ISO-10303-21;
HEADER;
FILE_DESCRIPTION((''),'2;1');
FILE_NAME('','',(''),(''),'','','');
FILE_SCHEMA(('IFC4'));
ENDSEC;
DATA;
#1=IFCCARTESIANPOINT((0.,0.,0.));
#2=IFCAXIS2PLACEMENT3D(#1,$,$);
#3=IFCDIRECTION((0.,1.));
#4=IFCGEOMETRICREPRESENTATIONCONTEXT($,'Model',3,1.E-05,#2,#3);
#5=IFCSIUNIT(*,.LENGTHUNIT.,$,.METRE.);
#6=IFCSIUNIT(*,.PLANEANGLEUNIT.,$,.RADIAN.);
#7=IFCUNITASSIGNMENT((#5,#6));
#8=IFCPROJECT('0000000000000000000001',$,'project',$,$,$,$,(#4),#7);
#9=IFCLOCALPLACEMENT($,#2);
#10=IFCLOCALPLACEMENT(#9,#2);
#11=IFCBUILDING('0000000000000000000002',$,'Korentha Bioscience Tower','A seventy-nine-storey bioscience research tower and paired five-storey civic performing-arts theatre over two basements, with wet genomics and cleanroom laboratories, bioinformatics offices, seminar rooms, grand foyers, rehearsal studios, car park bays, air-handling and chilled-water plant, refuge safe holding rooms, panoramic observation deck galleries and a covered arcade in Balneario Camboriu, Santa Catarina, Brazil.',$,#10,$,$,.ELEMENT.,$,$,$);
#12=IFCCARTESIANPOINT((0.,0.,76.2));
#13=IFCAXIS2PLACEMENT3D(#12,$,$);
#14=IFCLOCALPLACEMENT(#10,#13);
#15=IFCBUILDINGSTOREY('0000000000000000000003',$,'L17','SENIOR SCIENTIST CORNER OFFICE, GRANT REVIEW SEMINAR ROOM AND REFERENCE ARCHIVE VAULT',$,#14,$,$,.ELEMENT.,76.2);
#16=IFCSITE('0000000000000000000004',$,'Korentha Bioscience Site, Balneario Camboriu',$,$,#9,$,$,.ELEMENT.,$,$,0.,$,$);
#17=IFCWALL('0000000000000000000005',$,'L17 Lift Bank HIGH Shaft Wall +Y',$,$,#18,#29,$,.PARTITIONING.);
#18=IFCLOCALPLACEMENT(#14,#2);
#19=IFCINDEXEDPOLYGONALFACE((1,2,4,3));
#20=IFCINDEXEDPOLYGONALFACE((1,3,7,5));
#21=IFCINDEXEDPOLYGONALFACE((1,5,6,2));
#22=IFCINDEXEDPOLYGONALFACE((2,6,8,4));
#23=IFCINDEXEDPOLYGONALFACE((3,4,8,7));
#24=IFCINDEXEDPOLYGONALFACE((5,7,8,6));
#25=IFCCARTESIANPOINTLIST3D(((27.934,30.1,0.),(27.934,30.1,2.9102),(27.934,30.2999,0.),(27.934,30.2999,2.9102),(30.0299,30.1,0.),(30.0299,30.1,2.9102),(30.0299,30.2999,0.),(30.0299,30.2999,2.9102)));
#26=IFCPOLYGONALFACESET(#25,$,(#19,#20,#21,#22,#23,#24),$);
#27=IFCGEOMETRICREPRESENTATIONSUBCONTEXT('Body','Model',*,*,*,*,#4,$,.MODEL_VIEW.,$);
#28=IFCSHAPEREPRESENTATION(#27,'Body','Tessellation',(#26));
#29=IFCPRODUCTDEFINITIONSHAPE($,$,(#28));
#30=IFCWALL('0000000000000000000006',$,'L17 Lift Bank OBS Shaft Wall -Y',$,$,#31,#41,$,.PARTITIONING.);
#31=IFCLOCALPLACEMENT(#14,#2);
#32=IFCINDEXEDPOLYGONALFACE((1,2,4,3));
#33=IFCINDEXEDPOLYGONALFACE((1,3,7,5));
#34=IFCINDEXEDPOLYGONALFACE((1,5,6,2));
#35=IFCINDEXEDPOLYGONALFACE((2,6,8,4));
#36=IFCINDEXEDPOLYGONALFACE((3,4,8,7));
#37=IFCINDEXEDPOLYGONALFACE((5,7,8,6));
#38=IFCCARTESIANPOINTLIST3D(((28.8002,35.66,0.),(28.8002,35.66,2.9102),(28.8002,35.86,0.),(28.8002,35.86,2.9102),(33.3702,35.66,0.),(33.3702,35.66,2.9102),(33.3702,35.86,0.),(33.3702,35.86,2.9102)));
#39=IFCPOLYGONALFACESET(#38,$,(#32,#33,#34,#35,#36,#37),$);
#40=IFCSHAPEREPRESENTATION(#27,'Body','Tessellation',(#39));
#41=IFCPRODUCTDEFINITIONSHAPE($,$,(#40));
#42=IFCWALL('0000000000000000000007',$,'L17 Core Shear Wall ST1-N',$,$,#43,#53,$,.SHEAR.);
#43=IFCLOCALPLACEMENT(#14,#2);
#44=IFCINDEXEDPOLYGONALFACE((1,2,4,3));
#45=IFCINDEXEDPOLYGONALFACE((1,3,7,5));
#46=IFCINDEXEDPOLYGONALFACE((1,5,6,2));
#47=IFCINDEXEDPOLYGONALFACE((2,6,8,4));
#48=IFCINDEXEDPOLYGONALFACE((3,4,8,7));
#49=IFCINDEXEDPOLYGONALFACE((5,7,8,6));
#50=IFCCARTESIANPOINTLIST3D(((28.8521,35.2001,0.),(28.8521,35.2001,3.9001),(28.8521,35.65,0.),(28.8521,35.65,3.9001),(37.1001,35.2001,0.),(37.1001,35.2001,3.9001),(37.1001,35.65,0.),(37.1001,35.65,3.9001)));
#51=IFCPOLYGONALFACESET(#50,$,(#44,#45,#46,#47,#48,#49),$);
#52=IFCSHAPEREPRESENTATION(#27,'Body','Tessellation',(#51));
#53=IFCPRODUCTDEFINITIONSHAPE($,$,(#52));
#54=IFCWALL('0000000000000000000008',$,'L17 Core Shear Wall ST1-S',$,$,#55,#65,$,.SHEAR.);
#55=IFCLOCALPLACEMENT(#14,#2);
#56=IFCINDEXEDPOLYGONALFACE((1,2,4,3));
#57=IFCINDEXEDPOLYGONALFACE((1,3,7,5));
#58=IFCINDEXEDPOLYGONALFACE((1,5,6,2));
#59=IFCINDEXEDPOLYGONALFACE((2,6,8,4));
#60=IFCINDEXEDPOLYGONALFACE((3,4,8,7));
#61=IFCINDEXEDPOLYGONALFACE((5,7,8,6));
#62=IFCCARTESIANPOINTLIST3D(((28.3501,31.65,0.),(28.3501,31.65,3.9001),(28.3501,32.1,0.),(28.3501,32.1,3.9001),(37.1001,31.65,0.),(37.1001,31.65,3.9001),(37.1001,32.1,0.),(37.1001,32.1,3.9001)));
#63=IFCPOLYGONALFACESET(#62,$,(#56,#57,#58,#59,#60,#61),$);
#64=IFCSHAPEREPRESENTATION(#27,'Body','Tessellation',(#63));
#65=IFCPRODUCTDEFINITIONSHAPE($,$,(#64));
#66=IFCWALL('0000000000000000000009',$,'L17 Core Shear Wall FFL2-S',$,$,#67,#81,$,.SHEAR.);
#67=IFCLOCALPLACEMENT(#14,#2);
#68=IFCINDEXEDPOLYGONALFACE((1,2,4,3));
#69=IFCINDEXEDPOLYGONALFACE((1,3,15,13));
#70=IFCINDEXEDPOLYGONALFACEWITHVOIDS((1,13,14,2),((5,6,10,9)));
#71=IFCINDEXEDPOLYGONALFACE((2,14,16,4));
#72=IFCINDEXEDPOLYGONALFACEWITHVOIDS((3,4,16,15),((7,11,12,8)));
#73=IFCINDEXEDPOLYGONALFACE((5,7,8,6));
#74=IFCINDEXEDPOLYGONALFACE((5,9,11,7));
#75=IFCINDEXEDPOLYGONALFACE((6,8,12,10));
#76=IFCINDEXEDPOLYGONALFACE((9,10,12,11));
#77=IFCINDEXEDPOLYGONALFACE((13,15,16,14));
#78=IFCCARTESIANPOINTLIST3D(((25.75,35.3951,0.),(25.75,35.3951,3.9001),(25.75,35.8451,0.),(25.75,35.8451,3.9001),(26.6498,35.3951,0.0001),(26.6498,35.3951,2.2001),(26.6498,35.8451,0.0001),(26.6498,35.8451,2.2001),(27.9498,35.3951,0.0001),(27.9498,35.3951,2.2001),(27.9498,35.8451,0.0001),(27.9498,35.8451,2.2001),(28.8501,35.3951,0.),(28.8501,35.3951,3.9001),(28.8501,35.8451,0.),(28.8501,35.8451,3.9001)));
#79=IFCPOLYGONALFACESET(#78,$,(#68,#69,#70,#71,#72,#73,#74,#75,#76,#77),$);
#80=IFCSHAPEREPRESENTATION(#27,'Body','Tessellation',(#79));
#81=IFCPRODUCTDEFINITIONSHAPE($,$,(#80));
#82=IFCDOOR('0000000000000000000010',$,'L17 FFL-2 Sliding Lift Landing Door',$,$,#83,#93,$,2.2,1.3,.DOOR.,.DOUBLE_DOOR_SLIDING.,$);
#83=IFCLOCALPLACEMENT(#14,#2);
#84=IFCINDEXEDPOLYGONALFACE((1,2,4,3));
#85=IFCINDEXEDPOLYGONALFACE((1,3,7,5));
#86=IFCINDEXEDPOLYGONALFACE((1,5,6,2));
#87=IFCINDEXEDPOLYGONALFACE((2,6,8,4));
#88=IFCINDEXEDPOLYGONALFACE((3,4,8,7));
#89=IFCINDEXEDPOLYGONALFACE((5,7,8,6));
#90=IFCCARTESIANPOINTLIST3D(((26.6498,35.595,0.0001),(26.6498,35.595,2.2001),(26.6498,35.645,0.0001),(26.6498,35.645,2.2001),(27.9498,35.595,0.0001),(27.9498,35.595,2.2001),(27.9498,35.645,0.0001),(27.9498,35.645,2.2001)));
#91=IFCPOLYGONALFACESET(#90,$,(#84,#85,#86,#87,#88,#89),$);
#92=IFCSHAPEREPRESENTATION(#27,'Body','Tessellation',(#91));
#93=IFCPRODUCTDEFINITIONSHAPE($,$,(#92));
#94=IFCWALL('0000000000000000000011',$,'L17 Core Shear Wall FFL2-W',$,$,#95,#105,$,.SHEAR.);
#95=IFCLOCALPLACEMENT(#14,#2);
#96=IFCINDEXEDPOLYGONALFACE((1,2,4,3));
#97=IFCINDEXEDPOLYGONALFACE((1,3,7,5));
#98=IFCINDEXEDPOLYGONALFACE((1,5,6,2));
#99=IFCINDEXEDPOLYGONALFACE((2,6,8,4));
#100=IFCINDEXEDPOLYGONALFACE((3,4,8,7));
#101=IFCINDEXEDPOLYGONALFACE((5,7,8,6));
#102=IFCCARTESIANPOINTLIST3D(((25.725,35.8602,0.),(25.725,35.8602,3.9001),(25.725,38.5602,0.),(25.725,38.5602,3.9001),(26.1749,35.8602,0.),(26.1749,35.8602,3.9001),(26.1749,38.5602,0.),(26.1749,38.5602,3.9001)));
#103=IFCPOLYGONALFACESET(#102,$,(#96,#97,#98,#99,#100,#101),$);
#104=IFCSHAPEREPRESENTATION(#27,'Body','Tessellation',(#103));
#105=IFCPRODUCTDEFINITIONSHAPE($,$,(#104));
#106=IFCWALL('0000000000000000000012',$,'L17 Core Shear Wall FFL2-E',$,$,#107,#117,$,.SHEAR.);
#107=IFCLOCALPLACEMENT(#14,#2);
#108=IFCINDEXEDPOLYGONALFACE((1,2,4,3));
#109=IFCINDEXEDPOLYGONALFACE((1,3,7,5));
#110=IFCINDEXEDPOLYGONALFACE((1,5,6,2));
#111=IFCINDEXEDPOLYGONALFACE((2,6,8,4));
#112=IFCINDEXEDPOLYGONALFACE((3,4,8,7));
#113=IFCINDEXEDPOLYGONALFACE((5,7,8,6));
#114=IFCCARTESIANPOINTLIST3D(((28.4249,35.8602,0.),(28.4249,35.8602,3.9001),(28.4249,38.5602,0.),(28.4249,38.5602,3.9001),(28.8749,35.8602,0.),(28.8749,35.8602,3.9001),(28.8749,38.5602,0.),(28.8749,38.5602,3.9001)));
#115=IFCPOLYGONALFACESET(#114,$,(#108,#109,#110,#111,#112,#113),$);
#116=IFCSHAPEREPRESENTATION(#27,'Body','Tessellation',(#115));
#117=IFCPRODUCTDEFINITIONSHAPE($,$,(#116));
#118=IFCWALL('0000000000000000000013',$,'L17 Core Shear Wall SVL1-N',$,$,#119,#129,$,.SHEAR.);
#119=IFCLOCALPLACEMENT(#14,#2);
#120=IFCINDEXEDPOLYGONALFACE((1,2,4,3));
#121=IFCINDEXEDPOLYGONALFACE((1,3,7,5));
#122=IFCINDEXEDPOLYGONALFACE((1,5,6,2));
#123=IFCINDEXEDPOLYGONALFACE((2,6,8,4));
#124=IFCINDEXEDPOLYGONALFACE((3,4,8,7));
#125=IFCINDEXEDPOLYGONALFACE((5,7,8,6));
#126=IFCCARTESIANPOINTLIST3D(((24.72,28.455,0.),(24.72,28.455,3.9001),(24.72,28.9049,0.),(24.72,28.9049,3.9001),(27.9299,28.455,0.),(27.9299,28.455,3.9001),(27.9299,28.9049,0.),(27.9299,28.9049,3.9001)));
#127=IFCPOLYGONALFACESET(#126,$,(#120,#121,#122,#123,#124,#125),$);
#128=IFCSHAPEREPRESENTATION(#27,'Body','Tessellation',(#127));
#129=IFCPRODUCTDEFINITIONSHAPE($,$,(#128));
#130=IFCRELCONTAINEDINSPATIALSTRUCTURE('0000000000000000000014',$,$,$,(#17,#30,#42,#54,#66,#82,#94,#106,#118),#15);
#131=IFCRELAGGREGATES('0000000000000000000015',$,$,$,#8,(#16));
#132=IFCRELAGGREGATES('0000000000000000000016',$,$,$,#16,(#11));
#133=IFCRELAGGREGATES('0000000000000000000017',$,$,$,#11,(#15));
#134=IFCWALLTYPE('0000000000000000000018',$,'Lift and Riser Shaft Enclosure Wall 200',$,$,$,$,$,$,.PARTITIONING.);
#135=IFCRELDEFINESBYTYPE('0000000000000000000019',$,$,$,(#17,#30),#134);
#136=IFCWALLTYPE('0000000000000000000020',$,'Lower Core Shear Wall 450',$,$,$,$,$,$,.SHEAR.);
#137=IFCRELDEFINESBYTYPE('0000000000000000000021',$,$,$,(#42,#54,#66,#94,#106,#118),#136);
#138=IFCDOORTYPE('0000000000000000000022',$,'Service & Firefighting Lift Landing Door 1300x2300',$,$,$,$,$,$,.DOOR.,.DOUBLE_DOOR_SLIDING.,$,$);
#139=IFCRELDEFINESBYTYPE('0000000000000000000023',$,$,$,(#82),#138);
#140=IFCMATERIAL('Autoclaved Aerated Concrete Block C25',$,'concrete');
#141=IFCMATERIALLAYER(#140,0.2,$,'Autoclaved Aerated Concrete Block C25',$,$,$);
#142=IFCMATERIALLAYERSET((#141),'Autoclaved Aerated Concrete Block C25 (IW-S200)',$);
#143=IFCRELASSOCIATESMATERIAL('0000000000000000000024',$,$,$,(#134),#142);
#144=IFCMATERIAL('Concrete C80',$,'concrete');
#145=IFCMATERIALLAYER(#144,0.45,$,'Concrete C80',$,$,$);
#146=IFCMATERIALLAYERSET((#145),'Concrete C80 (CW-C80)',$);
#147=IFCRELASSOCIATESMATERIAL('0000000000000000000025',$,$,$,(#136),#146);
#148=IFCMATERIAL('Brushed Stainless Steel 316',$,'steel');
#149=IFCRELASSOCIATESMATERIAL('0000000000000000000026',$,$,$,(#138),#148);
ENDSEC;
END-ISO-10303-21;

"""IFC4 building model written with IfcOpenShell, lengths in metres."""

from ifc_helpers import new_model, si_unit, direction, frame, frame_2d, origin, place, context, subcontext, project, spatial, rectangle, extrude, material, layer, layer_set, type_object, element, fill, save


model = new_model("IFC4")

# Units and contexts
model_context = context("Model", 3, precision=1e-05, world=origin(), true_north=direction((0.0, 1.0)))
body_context = subcontext(model_context, "Body", "Model", "MODEL_VIEW")
ifc_project = project(units=[si_unit("LENGTHUNIT", "METRE"), si_unit("PLANEANGLEUNIT", "RADIAN")], contexts=[model_context])

# Site, building, storey
site_placement = place(None, origin())
site = spatial("IfcSite", under=ifc_project, at=site_placement, Name="Korentha Bioscience Site, Balneario Camboriu", CompositionType="ELEMENT", RefElevation=0.0)
building_placement = place(site_placement, origin())
building = spatial("IfcBuilding", under=site, at=building_placement, Name="Korentha Bioscience Tower", Description="A seventy-nine-storey bioscience research tower and paired five-storey civic performing-arts theatre over two basements, with wet genomics and cleanroom laboratories, bioinformatics offices, seminar rooms, grand foyers, rehearsal studios, car park bays, air-handling and chilled-water plant, refuge safe holding rooms, panoramic observation deck galleries and a covered arcade in Balneario Camboriu, Santa Catarina, Brazil.", CompositionType="ELEMENT")
storey_placement = place(building_placement, frame((0.0, 0.0, 76.2)))
storey = spatial("IfcBuildingStorey", under=building, at=storey_placement, Name="L17", Description="SENIOR SCIENTIST CORNER OFFICE, GRANT REVIEW SEMINAR ROOM AND REFERENCE ARCHIVE VAULT", CompositionType="ELEMENT", Elevation=76.2)

# Shared definitions
ifc_material_1 = material(Name="Concrete C80", Category="concrete")

# Walls
ifc_material_2 = material(Name="Autoclaved Aerated Concrete Block C25", Category="concrete")
ifc_layer_1 = layer(ifc_material_2, 0.2, Name="Autoclaved Aerated Concrete Block C25")
ifc_layer_set_1 = layer_set([ifc_layer_1], Name="Autoclaved Aerated Concrete Block C25 (IW-S200)")
wall_type_1 = type_object("IfcWallType", Name="Lift and Riser Shaft Enclosure Wall 200", PredefinedType="PARTITIONING", material=ifc_layer_set_1)
wall_1_placement = place(storey_placement, frame((27.9341, 30.2, 0.0), z_axis=(0.0, 0.0, 1.0), x_axis=(1.0, 0.0, 0.0)))
element("IfcWall", 1, at=wall_1_placement, inside=storey, type_object=wall_type_1, Name="L17 Lift Bank HIGH Shaft Wall +Y", PredefinedType="PARTITIONING", context=body_context, shape_type="SweptSolid", body=[
    extrude(rectangle(XDim=2.0959, YDim=0.2, at=frame_2d((1.0479, 0.0))), origin(), (0.0, 0.0, 1.0), 2.9102),
])
wall_2_placement = place(storey_placement, frame((28.8, 35.76, 0.0), z_axis=(0.0, 0.0, 1.0), x_axis=(1.0, 0.0, 0.0)))
element("IfcWall", 2, at=wall_2_placement, inside=storey, type_object=wall_type_1, Name="L17 Lift Bank OBS Shaft Wall -Y", PredefinedType="PARTITIONING", context=body_context, shape_type="SweptSolid", body=[
    extrude(rectangle(XDim=4.5701, YDim=0.2, at=frame_2d((2.2852, 0.0))), origin(), (0.0, 0.0, 1.0), 2.9102),
])
ifc_layer_2 = layer(ifc_material_1, 0.45, Name="Concrete C80")
ifc_layer_set_2 = layer_set([ifc_layer_2], Name="Concrete C80 (CW-C80)")
wall_type_2 = type_object("IfcWallType", Name="Lower Core Shear Wall 450", PredefinedType="SHEAR", material=ifc_layer_set_2)
wall_3_placement = place(storey_placement, frame((28.8521, 35.425, 0.0), z_axis=(0.0, 0.0, 1.0), x_axis=(1.0, 0.0, 0.0)))
element("IfcWall", 3, at=wall_3_placement, inside=storey, type_object=wall_type_2, Name="L17 Core Shear Wall ST1-N", PredefinedType="SHEAR", context=body_context, shape_type="SweptSolid", body=[
    extrude(rectangle(XDim=8.248, YDim=0.45, at=frame_2d((4.124, 0.0))), origin(), (0.0, 0.0, 1.0), 3.9001),
])
wall_4_placement = place(storey_placement, frame((28.3501, 31.875, 0.0), z_axis=(0.0, 0.0, 1.0), x_axis=(1.0, 0.0, 0.0)))
element("IfcWall", 4, at=wall_4_placement, inside=storey, type_object=wall_type_2, Name="L17 Core Shear Wall ST1-S", PredefinedType="SHEAR", context=body_context, shape_type="SweptSolid", body=[
    extrude(rectangle(XDim=8.75, YDim=0.45, at=frame_2d((4.375, 0.0))), origin(), (0.0, 0.0, 1.0), 3.9001),
])

# Wall, opening, door
wall_5_placement = place(storey_placement, frame((25.75, 35.6201, 0.0), z_axis=(0.0, 0.0, 1.0), x_axis=(1.0, 0.0, 0.0)))
wall_5 = element("IfcWall", 5, at=wall_5_placement, inside=storey, type_object=wall_type_2, Name="L17 Core Shear Wall FFL2-S", PredefinedType="SHEAR", context=body_context, shape_type="SweptSolid", body=[
    extrude(rectangle(XDim=3.1001, YDim=0.45, at=frame_2d((1.55, 0.0))), origin(), (0.0, 0.0, 1.0), 3.9001),
])
opening_1_placement = place(wall_5_placement, frame((0.8999, 0.0, 0.0)))
opening_1 = element("IfcOpeningElement", 6, at=opening_1_placement, cuts=wall_5, PredefinedType="OPENING", context=body_context, shape_type="SweptSolid", body=[
    extrude(rectangle(XDim=1.3, YDim=2.2, at=frame_2d((0.6499, 1.1001))), frame((0.0, 0.2397, 0.0), z_axis=(0.0, -1.0, 0.0), x_axis=(1.0, 0.0, 0.0)), (0.0, 0.0, 1.0), 0.4797),
])
ifc_material_3 = material(Name="Brushed Stainless Steel 316", Category="steel")
door_type_1 = type_object("IfcDoorType", Name="Service & Firefighting Lift Landing Door 1300x2300", OperationType="DOUBLE_DOOR_SLIDING", PredefinedType="DOOR", material=ifc_material_3)
door_1_placement = place(opening_1_placement, origin())
door_1 = element("IfcDoor", 7, at=door_1_placement, inside=storey, type_object=door_type_1, Name="L17 FFL-2 Sliding Lift Landing Door", OperationType="DOUBLE_DOOR_SLIDING", OverallHeight=2.2, OverallWidth=1.3, PredefinedType="DOOR", context=body_context, shape_type="SweptSolid", body=[
    extrude(rectangle(XDim=1.3, YDim=2.2, at=frame_2d((0.6499, 1.1001))), frame((0.0, 0.0249, 0.0), z_axis=(0.0, -1.0, 0.0), x_axis=(1.0, 0.0, 0.0)), (0.0, 0.0, 1.0), 0.05),
])
fill(opening_1, door_1)

# Walls
for number, where, z_axis, x_axis, name in (
    (8, (25.95, 35.8601, 0.0), (0.0, 0.0, 1.0), (0.0, 1.0, 0.0), "L17 Core Shear Wall FFL2-W"),
    (9, (28.6499, 35.8601, 0.0), (0.0, 0.0, 1.0), (0.0, 1.0, 0.0), "L17 Core Shear Wall FFL2-E"),
):
    element("IfcWall", number, at=place(storey_placement, frame(where, z_axis=z_axis, x_axis=x_axis)), inside=storey, type_object=wall_type_2, Name=name, PredefinedType="SHEAR", context=body_context, shape_type="SweptSolid", body=[
        extrude(rectangle(XDim=2.7, YDim=0.45, at=frame_2d((1.3501, 0.0))), origin(), (0.0, 0.0, 1.0), 3.9001),
    ])
wall_6_placement = place(storey_placement, frame((24.72, 28.6799, 0.0), z_axis=(0.0, 0.0, 1.0), x_axis=(1.0, 0.0, 0.0)))
element("IfcWall", 10, at=wall_6_placement, inside=storey, type_object=wall_type_2, Name="L17 Core Shear Wall SVL1-N", PredefinedType="SHEAR", context=body_context, shape_type="SweptSolid", body=[
    extrude(rectangle(XDim=3.21, YDim=0.45, at=frame_2d((1.605, 0.0))), origin(), (0.0, 0.0, 1.0), 3.9001),
])

save(model, "model.ifc")
